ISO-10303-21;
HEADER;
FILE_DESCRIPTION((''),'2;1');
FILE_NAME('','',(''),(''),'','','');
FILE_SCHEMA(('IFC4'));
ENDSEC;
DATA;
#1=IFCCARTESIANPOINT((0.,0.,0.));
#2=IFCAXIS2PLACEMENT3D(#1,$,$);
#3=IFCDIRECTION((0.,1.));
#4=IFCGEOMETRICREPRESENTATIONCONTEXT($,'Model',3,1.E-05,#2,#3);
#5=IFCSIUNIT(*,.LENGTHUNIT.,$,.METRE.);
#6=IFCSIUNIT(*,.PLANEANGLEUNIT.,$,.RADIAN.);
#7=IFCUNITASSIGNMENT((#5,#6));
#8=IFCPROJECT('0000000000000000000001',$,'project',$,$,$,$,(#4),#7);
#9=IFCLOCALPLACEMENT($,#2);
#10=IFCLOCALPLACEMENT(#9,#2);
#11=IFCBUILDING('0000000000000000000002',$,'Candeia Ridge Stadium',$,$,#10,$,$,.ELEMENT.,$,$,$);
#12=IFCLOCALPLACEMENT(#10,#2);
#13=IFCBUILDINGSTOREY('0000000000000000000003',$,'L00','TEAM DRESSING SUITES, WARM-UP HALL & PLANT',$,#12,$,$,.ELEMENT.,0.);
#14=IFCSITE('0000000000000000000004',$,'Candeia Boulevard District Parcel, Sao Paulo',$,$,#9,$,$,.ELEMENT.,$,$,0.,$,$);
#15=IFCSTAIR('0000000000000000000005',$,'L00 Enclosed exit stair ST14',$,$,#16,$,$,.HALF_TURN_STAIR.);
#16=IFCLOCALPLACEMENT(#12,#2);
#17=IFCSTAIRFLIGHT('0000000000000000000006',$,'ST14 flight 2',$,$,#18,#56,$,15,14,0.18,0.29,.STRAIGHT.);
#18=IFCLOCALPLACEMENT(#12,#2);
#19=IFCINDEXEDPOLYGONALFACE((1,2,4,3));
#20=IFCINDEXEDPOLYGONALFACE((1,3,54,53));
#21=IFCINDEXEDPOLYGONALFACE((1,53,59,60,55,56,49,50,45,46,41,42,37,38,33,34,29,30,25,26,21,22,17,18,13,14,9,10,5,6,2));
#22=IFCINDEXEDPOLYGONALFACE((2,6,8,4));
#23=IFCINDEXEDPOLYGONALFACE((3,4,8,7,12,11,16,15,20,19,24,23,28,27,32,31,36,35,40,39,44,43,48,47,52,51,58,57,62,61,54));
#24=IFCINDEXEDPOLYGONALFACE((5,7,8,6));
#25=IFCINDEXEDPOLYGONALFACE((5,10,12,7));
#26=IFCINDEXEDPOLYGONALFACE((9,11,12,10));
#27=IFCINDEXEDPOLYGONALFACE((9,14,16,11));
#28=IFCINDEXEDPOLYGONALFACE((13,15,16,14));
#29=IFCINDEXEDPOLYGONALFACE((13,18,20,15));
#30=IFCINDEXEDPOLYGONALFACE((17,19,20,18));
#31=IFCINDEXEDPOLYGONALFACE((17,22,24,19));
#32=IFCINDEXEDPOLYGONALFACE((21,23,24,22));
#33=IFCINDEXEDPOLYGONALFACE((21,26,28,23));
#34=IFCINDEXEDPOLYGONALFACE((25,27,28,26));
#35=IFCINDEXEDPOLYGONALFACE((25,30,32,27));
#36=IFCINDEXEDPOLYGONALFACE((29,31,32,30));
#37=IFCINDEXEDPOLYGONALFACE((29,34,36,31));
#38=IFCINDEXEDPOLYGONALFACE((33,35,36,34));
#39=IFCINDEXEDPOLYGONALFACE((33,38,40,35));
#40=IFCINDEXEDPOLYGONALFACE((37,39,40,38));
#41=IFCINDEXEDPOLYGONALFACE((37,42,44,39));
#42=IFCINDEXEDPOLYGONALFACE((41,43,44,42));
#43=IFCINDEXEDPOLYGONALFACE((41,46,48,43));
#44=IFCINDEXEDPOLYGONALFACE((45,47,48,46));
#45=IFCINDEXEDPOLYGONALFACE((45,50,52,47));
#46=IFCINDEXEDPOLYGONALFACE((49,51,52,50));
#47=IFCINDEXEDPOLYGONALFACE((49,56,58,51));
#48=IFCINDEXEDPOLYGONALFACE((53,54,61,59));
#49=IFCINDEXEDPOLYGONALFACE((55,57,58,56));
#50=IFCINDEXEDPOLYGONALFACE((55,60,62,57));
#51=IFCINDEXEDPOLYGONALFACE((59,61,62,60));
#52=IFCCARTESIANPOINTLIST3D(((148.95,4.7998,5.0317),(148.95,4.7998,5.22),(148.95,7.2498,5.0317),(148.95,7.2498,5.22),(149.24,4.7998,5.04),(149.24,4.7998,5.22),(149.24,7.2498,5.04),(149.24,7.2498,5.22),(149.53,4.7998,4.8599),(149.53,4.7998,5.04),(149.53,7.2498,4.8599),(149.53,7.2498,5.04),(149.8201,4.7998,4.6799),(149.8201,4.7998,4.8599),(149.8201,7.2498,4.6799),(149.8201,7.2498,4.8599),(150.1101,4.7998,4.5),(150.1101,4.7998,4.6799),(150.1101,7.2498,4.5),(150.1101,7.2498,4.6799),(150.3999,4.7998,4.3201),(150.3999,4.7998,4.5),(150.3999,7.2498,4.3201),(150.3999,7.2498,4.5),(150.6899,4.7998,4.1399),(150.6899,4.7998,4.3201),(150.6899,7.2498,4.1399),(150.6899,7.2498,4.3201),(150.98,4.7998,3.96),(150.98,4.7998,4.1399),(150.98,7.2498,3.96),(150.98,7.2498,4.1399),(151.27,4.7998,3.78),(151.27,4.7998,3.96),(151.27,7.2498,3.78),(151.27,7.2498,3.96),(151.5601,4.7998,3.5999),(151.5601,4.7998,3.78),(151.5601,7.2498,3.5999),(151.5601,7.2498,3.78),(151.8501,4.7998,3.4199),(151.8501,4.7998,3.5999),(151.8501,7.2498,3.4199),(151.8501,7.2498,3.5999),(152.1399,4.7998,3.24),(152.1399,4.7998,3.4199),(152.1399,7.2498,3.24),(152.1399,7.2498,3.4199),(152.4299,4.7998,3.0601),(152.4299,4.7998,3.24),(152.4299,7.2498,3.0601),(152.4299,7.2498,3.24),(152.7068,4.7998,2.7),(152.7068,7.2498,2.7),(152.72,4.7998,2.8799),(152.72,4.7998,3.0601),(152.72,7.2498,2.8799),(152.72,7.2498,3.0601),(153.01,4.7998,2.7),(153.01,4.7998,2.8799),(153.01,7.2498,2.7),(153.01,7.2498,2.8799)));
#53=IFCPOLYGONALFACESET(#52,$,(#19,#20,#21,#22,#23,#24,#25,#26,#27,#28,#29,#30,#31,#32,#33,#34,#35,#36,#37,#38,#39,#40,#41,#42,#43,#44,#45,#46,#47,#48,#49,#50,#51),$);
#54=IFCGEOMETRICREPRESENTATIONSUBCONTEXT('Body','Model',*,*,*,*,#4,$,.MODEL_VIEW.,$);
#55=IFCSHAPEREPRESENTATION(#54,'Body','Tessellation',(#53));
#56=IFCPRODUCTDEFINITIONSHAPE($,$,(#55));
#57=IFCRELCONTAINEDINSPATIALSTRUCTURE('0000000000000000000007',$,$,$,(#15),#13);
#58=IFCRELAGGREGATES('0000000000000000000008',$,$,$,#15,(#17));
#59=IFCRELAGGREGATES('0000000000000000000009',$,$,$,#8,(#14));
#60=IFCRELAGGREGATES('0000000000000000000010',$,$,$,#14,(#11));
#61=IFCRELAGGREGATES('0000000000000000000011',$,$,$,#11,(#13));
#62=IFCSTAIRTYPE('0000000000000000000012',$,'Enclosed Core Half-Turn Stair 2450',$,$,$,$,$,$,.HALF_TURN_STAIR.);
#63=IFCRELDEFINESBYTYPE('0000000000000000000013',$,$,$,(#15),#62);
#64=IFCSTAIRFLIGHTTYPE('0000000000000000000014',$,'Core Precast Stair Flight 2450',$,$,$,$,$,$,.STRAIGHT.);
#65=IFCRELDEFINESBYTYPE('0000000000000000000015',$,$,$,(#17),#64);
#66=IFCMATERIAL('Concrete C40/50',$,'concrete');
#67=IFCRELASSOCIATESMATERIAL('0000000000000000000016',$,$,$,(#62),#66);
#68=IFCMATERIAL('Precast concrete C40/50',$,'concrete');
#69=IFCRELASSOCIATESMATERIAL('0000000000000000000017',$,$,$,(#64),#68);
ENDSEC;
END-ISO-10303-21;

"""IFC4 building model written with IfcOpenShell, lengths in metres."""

from ifc_helpers import new_model, si_unit, direction, frame, origin, place, context, subcontext, project, spatial, polyline, outline, extrude, material, type_object, element, aggregate, save


model = new_model("IFC4")

# Units and contexts
model_context = context("Model", 3, precision=1e-05, world=origin(), true_north=direction((0.0, 1.0)))
body_context = subcontext(model_context, "Body", "Model", "MODEL_VIEW")
ifc_project = project(units=[si_unit("LENGTHUNIT", "METRE"), si_unit("PLANEANGLEUNIT", "RADIAN")], contexts=[model_context])

# Site, building, storey
site_placement = place(None, origin())
site = spatial("IfcSite", under=ifc_project, at=site_placement, Name="Candeia Boulevard District Parcel, Sao Paulo", CompositionType="ELEMENT", RefElevation=0.0)
building_placement = place(site_placement, origin())
building = spatial("IfcBuilding", under=site, at=building_placement, Name="Candeia Ridge Stadium", CompositionType="ELEMENT")
storey_placement = place(building_placement, origin())
storey = spatial("IfcBuildingStorey", under=building, at=storey_placement, Name="L00", Description="TEAM DRESSING SUITES, WARM-UP HALL & PLANT", CompositionType="ELEMENT", Elevation=0.0)

# Shared definitions
ifc_material_1 = material(Name="Concrete C40/50", Category="concrete")

# Stair, stair flight
stair_type = type_object("IfcStairType", Name="Enclosed Core Half-Turn Stair 2450", PredefinedType="HALF_TURN_STAIR", material=ifc_material_1)
stair_placement = place(storey_placement, origin())
stair = element("IfcStair", 1, at=stair_placement, inside=storey, type_object=stair_type, Name="L00 Enclosed exit stair ST14", PredefinedType="HALF_TURN_STAIR")
ifc_material_2 = material(Name="Precast concrete C40/50", Category="concrete")
stair_flight_type = type_object("IfcStairFlightType", Name="Core Precast Stair Flight 2450", PredefinedType="STRAIGHT", material=ifc_material_2)
stair_flight_1_placement = place(storey_placement, frame((153.01, 6.0249, 2.7), z_axis=(0.0, 0.0, 1.0), x_axis=(-1.0, 0.0, 0.0)))
stair_flight_1 = element("IfcStairFlight", 2, at=stair_flight_1_placement, type_object=stair_flight_type, Name="ST14 flight 2", NumberOfRisers=15, NumberOfTreads=14, PredefinedType="STRAIGHT", RiserHeight=0.18, TreadLength=0.29, context=body_context, shape_type="SweptSolid", body=[
    extrude(outline(polyline([(0.0, 0.0), (0.0, 0.1799), (0.29, 0.1799), (0.29, 0.3601), (0.5801, 0.3601), (0.5801, 0.54), (0.8701, 0.54), (0.8701, 0.72), (1.1599, 0.72), (1.1599, 0.8999), (1.45, 0.8999), (1.45, 1.0801), (1.74, 1.0801), (1.74, 1.26), (2.03, 1.26), (2.03, 1.4399), (2.3201, 1.4399), (2.3201, 1.6201), (2.6101, 1.6201), (2.6101, 1.8), (2.8999, 1.8), (2.8999, 1.98), (3.1899, 1.98), (3.1899, 2.1599), (3.48, 2.1599), (3.48, 2.3401), (3.77, 2.3401), (3.77, 2.52), (4.0601, 2.52), (4.0601, 2.7), (4.0601, 2.3318), (0.3032, 0.0), (0.0, 0.0)])), frame((0.0, 1.2251, 0.0), z_axis=(0.0, -1.0, 0.0), x_axis=(1.0, 0.0, 0.0)), (0.0, 0.0, 1.0), 2.45),
])
aggregate(stair, [stair_flight_1])

save(model, "model.ifc")
